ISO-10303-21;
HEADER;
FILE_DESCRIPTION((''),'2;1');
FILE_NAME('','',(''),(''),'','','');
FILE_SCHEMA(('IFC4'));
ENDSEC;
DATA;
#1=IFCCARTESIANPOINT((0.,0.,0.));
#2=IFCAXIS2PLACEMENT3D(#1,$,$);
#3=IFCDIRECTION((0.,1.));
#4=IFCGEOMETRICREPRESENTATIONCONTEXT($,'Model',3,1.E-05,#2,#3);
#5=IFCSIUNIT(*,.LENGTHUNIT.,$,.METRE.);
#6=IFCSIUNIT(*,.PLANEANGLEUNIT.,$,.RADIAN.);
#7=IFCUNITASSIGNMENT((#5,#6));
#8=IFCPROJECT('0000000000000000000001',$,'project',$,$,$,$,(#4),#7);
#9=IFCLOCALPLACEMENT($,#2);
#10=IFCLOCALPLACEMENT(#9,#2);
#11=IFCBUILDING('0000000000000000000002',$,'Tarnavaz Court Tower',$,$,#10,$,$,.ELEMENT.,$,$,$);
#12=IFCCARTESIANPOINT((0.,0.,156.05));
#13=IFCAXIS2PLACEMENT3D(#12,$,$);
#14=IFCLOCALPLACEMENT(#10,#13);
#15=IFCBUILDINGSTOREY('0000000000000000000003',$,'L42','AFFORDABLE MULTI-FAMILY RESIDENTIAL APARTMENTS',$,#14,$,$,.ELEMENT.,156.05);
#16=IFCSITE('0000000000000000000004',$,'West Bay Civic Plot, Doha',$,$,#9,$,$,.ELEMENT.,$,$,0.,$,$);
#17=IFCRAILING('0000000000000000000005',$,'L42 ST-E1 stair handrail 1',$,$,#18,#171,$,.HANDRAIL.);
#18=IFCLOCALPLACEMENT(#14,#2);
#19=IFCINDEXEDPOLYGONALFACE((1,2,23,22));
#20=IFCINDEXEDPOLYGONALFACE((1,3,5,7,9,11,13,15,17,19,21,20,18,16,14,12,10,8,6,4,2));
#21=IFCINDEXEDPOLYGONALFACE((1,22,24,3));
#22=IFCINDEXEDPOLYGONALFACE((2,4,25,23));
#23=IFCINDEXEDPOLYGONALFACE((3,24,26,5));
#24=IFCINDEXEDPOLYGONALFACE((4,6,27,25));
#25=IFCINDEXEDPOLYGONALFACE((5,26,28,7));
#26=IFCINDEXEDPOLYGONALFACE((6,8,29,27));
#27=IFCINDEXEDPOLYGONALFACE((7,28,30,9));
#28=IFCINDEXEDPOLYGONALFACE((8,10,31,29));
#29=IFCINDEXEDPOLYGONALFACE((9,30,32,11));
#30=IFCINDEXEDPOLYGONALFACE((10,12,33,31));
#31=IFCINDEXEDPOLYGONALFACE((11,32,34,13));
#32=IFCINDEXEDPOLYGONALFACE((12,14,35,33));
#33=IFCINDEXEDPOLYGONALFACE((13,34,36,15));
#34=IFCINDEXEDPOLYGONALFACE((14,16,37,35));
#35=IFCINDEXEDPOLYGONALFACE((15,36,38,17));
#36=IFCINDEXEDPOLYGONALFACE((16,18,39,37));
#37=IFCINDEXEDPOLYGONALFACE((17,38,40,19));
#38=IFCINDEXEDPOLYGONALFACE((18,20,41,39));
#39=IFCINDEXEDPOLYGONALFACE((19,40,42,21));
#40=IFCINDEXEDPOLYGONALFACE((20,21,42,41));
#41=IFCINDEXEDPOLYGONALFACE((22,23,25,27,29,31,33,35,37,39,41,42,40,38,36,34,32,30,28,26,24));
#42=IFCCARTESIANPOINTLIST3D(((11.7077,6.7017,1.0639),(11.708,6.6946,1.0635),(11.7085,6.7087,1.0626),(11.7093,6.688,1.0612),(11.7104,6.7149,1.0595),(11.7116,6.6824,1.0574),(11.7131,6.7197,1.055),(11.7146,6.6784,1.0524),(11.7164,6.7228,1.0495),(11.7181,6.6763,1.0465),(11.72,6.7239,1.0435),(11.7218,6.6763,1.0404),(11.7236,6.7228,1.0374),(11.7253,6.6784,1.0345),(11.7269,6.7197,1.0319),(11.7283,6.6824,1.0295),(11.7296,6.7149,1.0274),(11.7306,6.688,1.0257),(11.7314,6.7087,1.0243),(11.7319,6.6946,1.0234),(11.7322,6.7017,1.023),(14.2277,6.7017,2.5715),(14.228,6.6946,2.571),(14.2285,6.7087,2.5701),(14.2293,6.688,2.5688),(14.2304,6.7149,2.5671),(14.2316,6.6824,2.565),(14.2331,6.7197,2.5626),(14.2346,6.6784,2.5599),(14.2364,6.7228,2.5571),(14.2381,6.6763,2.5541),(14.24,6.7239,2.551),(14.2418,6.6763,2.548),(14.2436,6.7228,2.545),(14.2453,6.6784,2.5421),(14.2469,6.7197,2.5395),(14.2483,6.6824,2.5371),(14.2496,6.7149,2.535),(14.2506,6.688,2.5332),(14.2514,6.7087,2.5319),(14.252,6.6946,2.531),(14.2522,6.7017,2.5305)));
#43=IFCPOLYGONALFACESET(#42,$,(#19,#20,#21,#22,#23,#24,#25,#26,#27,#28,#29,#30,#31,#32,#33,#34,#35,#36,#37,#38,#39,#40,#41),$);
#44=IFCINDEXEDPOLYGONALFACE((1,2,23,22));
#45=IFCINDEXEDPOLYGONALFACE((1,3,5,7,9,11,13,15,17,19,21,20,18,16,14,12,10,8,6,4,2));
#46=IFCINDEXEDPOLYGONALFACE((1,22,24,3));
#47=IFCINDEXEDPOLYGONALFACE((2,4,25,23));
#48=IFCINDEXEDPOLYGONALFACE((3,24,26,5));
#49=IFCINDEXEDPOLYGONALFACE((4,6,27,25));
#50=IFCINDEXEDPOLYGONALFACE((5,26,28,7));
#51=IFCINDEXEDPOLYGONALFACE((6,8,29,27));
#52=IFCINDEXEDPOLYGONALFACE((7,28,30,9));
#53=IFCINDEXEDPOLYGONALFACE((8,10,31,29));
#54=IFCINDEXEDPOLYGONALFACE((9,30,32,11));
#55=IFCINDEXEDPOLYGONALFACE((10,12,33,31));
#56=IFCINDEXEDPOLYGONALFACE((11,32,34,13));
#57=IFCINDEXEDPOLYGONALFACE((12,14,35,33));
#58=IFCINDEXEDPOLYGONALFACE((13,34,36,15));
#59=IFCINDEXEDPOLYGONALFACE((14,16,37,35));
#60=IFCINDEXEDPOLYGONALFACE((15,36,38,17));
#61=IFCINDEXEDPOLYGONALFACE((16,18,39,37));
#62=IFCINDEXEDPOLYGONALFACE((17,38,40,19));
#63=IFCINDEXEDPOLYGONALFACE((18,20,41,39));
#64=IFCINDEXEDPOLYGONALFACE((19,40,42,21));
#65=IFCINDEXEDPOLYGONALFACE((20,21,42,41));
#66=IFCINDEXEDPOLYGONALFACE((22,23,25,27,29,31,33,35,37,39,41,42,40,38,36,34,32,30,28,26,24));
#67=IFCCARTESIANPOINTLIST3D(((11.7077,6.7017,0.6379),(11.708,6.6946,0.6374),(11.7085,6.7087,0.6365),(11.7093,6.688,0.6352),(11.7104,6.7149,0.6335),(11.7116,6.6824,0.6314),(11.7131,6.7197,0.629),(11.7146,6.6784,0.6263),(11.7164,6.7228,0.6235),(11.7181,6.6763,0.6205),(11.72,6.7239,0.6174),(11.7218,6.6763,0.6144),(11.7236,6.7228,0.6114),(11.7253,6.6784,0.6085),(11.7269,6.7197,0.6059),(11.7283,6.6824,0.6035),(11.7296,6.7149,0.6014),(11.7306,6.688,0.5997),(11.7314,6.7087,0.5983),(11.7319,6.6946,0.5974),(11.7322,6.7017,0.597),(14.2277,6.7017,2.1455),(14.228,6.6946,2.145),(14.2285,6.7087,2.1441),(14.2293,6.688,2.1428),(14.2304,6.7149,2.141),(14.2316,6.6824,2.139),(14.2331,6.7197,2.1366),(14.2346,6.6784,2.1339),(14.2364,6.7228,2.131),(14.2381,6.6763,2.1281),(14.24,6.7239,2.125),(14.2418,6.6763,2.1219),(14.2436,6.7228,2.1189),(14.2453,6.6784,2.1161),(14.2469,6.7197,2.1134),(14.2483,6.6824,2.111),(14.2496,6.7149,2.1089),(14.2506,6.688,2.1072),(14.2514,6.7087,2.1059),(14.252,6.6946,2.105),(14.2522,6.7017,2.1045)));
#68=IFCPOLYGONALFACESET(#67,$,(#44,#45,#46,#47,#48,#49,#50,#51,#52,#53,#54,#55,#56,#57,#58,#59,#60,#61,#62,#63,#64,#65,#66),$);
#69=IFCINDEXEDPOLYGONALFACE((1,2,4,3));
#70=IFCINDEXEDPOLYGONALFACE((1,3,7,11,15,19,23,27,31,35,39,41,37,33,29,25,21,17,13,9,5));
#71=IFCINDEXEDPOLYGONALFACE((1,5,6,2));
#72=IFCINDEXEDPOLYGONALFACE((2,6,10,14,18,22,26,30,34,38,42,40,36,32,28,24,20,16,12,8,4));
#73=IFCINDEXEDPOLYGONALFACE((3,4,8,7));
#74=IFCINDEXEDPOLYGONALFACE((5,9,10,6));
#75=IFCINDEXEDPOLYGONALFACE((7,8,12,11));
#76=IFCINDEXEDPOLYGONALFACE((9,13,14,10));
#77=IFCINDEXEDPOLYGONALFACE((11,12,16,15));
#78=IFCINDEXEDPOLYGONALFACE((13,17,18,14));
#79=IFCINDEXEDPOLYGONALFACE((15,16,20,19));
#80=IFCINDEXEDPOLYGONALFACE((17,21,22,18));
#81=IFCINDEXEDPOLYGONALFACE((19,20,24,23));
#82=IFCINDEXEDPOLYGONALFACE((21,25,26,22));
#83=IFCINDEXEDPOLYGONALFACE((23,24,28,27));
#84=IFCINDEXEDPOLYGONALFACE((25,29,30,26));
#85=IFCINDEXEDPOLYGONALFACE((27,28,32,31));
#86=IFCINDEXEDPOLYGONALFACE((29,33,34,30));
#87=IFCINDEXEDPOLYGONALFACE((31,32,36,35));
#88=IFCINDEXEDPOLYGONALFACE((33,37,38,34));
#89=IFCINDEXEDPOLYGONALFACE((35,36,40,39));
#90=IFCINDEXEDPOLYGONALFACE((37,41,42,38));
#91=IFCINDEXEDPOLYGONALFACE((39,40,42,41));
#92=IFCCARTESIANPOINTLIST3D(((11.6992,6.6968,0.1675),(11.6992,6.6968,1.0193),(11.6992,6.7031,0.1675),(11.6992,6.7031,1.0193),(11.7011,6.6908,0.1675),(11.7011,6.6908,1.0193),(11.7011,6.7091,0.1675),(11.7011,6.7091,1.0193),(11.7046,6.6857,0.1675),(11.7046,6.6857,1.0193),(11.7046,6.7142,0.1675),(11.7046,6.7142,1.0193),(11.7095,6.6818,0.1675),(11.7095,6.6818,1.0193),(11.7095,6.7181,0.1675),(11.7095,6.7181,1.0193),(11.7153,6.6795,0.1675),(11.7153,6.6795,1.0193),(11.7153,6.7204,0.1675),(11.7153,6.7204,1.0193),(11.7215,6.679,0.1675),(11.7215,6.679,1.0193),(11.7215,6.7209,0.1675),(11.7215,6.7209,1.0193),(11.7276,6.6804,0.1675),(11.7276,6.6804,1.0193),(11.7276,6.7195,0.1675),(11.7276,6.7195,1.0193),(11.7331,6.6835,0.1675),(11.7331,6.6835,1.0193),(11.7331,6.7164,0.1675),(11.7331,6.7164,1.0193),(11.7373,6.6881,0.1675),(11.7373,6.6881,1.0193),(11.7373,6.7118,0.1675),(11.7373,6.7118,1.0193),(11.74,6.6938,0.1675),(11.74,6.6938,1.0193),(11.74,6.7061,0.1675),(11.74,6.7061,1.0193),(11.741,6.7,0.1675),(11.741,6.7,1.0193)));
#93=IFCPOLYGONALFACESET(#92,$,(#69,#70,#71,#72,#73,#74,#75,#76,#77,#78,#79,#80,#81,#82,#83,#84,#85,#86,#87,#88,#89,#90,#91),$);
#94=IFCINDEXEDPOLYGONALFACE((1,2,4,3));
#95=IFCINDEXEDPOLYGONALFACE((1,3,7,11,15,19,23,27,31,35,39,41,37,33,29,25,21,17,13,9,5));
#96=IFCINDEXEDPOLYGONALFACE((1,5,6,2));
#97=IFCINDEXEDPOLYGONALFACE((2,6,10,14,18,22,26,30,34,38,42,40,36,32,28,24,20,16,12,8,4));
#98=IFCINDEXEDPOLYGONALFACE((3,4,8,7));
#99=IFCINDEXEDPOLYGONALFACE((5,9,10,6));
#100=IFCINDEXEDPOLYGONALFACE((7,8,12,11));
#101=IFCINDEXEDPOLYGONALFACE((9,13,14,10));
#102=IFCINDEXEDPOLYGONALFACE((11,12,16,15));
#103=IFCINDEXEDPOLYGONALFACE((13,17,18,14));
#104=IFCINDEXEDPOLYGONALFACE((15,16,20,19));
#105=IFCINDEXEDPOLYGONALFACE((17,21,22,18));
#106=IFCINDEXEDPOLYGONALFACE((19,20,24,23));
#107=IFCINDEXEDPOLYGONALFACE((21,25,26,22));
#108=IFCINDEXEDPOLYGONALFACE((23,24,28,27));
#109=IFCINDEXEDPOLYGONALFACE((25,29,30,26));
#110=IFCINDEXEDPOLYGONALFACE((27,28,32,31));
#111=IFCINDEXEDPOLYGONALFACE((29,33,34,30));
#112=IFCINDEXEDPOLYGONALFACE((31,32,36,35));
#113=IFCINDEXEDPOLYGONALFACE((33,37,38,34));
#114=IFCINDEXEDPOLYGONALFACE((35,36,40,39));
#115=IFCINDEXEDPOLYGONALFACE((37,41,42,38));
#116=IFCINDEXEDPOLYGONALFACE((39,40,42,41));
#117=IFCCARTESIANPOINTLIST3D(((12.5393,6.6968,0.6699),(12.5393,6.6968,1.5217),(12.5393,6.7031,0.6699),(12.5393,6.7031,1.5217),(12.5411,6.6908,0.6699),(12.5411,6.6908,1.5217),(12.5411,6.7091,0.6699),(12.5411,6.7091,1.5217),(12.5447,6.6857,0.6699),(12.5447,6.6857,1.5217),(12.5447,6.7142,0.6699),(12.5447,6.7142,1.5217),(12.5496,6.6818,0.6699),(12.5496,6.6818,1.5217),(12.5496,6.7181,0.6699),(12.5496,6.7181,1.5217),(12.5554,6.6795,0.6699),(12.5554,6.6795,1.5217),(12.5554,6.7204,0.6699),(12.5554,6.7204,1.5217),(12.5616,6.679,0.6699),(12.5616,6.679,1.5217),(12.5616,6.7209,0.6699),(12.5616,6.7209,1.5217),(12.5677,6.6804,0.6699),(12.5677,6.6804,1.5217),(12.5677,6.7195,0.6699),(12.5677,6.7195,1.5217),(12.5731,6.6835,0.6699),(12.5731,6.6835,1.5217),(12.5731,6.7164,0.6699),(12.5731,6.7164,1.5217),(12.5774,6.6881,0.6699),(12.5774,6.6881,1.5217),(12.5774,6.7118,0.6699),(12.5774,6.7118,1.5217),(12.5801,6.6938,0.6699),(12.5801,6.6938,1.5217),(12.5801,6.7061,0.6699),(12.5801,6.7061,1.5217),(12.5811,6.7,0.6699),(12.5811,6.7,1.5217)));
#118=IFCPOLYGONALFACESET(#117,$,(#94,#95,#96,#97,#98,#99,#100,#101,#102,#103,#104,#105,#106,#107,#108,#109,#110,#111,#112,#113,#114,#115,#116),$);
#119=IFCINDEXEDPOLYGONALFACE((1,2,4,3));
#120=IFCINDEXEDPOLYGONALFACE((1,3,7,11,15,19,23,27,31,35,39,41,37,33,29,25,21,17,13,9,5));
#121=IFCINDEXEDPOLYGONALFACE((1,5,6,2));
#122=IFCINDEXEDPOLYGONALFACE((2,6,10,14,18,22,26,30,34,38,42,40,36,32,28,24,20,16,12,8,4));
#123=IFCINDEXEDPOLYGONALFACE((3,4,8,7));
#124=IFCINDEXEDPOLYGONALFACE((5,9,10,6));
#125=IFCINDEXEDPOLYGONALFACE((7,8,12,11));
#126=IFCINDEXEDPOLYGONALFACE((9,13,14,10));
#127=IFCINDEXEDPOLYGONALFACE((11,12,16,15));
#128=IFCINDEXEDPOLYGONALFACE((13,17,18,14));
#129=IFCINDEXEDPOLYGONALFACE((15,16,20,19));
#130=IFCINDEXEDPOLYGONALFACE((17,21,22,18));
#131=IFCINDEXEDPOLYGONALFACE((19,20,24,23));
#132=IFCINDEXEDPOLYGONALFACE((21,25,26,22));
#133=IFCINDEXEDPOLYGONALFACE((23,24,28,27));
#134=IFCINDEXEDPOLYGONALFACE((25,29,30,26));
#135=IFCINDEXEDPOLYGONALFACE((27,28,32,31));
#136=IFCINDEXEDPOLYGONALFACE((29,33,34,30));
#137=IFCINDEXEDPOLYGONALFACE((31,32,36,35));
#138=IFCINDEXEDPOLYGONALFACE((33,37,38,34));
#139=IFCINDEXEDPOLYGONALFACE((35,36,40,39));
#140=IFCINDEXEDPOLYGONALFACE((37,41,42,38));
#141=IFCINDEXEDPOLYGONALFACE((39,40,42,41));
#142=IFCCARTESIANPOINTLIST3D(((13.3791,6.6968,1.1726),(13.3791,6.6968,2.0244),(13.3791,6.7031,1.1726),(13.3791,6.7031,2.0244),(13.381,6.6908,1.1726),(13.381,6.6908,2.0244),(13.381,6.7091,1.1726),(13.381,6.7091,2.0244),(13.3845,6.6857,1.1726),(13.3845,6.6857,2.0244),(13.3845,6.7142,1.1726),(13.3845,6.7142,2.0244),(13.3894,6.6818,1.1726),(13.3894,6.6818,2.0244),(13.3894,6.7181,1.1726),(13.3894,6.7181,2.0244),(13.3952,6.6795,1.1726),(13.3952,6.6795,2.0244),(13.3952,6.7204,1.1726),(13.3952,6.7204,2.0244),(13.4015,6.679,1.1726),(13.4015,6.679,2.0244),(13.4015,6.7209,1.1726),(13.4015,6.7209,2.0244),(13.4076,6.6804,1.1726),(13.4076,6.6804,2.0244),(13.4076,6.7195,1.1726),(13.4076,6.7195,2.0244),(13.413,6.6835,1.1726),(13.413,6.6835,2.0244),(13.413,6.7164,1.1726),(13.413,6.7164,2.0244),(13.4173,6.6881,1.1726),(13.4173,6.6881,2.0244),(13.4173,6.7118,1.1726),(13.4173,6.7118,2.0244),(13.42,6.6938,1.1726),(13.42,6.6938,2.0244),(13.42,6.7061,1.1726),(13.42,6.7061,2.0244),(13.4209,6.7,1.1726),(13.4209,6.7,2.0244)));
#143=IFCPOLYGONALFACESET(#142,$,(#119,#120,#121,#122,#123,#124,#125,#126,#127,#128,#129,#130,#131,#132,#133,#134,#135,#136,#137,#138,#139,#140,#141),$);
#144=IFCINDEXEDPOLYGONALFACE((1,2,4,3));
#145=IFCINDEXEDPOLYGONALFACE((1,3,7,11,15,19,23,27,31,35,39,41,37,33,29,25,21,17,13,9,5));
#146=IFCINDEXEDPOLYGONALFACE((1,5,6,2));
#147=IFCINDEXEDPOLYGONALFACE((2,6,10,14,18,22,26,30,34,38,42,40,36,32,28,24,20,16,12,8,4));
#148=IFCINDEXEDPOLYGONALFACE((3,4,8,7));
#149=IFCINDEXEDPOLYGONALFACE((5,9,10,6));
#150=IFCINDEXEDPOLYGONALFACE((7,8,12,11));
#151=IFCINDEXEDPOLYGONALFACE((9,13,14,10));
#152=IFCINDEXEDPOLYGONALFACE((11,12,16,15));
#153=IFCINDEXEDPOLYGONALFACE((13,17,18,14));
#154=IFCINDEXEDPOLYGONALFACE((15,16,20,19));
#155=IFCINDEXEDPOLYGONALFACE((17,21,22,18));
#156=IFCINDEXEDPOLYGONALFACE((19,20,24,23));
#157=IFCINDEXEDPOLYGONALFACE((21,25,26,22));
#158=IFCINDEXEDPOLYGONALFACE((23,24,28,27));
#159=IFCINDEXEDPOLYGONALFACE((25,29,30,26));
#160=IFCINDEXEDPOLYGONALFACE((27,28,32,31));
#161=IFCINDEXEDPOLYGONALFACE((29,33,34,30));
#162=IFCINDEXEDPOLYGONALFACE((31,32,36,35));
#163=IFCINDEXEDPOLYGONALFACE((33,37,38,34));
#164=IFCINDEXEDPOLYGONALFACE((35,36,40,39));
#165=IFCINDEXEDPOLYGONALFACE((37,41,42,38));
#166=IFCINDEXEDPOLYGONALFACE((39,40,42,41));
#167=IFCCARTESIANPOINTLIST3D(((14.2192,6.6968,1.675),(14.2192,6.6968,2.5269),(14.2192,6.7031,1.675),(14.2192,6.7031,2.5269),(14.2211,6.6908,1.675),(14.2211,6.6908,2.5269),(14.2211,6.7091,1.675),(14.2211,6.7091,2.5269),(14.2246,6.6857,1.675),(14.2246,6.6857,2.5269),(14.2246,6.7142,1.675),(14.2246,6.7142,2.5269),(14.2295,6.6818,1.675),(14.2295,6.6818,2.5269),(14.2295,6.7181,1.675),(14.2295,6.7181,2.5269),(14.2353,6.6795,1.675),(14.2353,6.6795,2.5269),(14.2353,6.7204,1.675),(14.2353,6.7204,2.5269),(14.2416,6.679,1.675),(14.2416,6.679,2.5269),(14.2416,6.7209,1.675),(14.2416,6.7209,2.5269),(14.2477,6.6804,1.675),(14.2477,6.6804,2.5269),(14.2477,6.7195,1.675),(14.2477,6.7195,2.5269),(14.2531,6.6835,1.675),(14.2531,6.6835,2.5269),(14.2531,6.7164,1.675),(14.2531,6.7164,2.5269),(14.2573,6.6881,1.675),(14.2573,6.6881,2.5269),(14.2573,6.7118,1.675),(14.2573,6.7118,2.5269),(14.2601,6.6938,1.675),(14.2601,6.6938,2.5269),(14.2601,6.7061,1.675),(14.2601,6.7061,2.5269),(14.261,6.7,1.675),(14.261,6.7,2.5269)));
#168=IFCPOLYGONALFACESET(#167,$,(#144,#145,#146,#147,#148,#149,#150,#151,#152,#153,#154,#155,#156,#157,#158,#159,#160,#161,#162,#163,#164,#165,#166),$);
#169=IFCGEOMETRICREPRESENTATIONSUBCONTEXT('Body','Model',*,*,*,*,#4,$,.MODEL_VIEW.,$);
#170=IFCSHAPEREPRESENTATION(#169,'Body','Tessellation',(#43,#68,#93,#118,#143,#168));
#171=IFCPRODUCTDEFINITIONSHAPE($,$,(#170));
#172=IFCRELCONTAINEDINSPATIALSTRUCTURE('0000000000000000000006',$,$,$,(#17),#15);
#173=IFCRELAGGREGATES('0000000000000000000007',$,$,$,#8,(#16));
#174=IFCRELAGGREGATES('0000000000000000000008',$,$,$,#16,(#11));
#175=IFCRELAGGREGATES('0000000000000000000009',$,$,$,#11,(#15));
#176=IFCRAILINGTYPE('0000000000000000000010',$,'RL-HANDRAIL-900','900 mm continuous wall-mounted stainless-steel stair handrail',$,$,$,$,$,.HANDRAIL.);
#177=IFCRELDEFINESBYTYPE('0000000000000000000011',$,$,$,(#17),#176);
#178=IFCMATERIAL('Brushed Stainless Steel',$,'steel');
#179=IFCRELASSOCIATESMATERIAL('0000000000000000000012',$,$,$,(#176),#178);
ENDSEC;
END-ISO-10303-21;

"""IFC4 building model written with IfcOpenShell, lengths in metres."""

from ifc_helpers import new_model, si_unit, direction, frame, origin, origin_2d, place, context, subcontext, project, spatial, circle, extrude, material, type_object, element, save


model = new_model("IFC4")

# Units and contexts
model_context = context("Model", 3, precision=1e-05, world=origin(), true_north=direction((0.0, 1.0)))
body_context = subcontext(model_context, "Body", "Model", "MODEL_VIEW")
ifc_project = project(units=[si_unit("LENGTHUNIT", "METRE"), si_unit("PLANEANGLEUNIT", "RADIAN")], contexts=[model_context])

# Site, building, storey
site_placement = place(None, origin())
site = spatial("IfcSite", under=ifc_project, at=site_placement, Name="West Bay Civic Plot, Doha", CompositionType="ELEMENT", RefElevation=0.0)
building_placement = place(site_placement, origin())
building = spatial("IfcBuilding", under=site, at=building_placement, Name="Tarnavaz Court Tower", CompositionType="ELEMENT")
storey_placement = place(building_placement, frame((0.0, 0.0, 156.05)))
storey = spatial("IfcBuildingStorey", under=building, at=storey_placement, Name="L42", Description="AFFORDABLE MULTI-FAMILY RESIDENTIAL APARTMENTS", CompositionType="ELEMENT", Elevation=156.05)

# Railing
ifc_material_1 = material(Name="Brushed Stainless Steel", Category="steel")
railing_type_1 = type_object("IfcRailingType", Name="RL-HANDRAIL-900", Description="900 mm continuous wall-mounted stainless-steel stair handrail", PredefinedType="HANDRAIL", material=ifc_material_1)
railing_1_placement = place(storey_placement, frame((11.72, 6.7, 0.1675)))
element("IfcRailing", 1, at=railing_1_placement, inside=storey, type_object=railing_type_1, Name="L42 ST-E1 stair handrail 1", PredefinedType="HANDRAIL", context=body_context, shape_type="SweptSolid", body=[
    extrude(circle(Radius=0.0239, at=origin_2d()), frame((0.0, 0.0, 0.876), z_axis=(0.85816, 0.0, 0.513383), x_axis=(0.0, 1.0, 0.0)), (0.0, 0.0, 1.0), 2.9365),
    extrude(circle(Radius=0.0239, at=origin_2d()), frame((0.0, 0.0, 0.45), z_axis=(0.85816, 0.0, 0.513383), x_axis=(0.0, 1.0, 0.0)), (0.0, 0.0, 1.0), 2.9365),
    extrude(circle(Radius=0.021, at=origin_2d()), origin(), (0.0, 0.0, 1.0), 0.8518),
    extrude(circle(Radius=0.021, at=origin_2d()), frame((0.8401, 0.0, 0.5024)), (0.0, 0.0, 1.0), 0.8518),
    extrude(circle(Radius=0.021, at=origin_2d()), frame((1.6799, 0.0, 1.0051)), (0.0, 0.0, 1.0), 0.8518),
    extrude(circle(Radius=0.021, at=origin_2d()), frame((2.52, 0.0, 1.5076)), (0.0, 0.0, 1.0), 0.8518),
])

save(model, "model.ifc")
